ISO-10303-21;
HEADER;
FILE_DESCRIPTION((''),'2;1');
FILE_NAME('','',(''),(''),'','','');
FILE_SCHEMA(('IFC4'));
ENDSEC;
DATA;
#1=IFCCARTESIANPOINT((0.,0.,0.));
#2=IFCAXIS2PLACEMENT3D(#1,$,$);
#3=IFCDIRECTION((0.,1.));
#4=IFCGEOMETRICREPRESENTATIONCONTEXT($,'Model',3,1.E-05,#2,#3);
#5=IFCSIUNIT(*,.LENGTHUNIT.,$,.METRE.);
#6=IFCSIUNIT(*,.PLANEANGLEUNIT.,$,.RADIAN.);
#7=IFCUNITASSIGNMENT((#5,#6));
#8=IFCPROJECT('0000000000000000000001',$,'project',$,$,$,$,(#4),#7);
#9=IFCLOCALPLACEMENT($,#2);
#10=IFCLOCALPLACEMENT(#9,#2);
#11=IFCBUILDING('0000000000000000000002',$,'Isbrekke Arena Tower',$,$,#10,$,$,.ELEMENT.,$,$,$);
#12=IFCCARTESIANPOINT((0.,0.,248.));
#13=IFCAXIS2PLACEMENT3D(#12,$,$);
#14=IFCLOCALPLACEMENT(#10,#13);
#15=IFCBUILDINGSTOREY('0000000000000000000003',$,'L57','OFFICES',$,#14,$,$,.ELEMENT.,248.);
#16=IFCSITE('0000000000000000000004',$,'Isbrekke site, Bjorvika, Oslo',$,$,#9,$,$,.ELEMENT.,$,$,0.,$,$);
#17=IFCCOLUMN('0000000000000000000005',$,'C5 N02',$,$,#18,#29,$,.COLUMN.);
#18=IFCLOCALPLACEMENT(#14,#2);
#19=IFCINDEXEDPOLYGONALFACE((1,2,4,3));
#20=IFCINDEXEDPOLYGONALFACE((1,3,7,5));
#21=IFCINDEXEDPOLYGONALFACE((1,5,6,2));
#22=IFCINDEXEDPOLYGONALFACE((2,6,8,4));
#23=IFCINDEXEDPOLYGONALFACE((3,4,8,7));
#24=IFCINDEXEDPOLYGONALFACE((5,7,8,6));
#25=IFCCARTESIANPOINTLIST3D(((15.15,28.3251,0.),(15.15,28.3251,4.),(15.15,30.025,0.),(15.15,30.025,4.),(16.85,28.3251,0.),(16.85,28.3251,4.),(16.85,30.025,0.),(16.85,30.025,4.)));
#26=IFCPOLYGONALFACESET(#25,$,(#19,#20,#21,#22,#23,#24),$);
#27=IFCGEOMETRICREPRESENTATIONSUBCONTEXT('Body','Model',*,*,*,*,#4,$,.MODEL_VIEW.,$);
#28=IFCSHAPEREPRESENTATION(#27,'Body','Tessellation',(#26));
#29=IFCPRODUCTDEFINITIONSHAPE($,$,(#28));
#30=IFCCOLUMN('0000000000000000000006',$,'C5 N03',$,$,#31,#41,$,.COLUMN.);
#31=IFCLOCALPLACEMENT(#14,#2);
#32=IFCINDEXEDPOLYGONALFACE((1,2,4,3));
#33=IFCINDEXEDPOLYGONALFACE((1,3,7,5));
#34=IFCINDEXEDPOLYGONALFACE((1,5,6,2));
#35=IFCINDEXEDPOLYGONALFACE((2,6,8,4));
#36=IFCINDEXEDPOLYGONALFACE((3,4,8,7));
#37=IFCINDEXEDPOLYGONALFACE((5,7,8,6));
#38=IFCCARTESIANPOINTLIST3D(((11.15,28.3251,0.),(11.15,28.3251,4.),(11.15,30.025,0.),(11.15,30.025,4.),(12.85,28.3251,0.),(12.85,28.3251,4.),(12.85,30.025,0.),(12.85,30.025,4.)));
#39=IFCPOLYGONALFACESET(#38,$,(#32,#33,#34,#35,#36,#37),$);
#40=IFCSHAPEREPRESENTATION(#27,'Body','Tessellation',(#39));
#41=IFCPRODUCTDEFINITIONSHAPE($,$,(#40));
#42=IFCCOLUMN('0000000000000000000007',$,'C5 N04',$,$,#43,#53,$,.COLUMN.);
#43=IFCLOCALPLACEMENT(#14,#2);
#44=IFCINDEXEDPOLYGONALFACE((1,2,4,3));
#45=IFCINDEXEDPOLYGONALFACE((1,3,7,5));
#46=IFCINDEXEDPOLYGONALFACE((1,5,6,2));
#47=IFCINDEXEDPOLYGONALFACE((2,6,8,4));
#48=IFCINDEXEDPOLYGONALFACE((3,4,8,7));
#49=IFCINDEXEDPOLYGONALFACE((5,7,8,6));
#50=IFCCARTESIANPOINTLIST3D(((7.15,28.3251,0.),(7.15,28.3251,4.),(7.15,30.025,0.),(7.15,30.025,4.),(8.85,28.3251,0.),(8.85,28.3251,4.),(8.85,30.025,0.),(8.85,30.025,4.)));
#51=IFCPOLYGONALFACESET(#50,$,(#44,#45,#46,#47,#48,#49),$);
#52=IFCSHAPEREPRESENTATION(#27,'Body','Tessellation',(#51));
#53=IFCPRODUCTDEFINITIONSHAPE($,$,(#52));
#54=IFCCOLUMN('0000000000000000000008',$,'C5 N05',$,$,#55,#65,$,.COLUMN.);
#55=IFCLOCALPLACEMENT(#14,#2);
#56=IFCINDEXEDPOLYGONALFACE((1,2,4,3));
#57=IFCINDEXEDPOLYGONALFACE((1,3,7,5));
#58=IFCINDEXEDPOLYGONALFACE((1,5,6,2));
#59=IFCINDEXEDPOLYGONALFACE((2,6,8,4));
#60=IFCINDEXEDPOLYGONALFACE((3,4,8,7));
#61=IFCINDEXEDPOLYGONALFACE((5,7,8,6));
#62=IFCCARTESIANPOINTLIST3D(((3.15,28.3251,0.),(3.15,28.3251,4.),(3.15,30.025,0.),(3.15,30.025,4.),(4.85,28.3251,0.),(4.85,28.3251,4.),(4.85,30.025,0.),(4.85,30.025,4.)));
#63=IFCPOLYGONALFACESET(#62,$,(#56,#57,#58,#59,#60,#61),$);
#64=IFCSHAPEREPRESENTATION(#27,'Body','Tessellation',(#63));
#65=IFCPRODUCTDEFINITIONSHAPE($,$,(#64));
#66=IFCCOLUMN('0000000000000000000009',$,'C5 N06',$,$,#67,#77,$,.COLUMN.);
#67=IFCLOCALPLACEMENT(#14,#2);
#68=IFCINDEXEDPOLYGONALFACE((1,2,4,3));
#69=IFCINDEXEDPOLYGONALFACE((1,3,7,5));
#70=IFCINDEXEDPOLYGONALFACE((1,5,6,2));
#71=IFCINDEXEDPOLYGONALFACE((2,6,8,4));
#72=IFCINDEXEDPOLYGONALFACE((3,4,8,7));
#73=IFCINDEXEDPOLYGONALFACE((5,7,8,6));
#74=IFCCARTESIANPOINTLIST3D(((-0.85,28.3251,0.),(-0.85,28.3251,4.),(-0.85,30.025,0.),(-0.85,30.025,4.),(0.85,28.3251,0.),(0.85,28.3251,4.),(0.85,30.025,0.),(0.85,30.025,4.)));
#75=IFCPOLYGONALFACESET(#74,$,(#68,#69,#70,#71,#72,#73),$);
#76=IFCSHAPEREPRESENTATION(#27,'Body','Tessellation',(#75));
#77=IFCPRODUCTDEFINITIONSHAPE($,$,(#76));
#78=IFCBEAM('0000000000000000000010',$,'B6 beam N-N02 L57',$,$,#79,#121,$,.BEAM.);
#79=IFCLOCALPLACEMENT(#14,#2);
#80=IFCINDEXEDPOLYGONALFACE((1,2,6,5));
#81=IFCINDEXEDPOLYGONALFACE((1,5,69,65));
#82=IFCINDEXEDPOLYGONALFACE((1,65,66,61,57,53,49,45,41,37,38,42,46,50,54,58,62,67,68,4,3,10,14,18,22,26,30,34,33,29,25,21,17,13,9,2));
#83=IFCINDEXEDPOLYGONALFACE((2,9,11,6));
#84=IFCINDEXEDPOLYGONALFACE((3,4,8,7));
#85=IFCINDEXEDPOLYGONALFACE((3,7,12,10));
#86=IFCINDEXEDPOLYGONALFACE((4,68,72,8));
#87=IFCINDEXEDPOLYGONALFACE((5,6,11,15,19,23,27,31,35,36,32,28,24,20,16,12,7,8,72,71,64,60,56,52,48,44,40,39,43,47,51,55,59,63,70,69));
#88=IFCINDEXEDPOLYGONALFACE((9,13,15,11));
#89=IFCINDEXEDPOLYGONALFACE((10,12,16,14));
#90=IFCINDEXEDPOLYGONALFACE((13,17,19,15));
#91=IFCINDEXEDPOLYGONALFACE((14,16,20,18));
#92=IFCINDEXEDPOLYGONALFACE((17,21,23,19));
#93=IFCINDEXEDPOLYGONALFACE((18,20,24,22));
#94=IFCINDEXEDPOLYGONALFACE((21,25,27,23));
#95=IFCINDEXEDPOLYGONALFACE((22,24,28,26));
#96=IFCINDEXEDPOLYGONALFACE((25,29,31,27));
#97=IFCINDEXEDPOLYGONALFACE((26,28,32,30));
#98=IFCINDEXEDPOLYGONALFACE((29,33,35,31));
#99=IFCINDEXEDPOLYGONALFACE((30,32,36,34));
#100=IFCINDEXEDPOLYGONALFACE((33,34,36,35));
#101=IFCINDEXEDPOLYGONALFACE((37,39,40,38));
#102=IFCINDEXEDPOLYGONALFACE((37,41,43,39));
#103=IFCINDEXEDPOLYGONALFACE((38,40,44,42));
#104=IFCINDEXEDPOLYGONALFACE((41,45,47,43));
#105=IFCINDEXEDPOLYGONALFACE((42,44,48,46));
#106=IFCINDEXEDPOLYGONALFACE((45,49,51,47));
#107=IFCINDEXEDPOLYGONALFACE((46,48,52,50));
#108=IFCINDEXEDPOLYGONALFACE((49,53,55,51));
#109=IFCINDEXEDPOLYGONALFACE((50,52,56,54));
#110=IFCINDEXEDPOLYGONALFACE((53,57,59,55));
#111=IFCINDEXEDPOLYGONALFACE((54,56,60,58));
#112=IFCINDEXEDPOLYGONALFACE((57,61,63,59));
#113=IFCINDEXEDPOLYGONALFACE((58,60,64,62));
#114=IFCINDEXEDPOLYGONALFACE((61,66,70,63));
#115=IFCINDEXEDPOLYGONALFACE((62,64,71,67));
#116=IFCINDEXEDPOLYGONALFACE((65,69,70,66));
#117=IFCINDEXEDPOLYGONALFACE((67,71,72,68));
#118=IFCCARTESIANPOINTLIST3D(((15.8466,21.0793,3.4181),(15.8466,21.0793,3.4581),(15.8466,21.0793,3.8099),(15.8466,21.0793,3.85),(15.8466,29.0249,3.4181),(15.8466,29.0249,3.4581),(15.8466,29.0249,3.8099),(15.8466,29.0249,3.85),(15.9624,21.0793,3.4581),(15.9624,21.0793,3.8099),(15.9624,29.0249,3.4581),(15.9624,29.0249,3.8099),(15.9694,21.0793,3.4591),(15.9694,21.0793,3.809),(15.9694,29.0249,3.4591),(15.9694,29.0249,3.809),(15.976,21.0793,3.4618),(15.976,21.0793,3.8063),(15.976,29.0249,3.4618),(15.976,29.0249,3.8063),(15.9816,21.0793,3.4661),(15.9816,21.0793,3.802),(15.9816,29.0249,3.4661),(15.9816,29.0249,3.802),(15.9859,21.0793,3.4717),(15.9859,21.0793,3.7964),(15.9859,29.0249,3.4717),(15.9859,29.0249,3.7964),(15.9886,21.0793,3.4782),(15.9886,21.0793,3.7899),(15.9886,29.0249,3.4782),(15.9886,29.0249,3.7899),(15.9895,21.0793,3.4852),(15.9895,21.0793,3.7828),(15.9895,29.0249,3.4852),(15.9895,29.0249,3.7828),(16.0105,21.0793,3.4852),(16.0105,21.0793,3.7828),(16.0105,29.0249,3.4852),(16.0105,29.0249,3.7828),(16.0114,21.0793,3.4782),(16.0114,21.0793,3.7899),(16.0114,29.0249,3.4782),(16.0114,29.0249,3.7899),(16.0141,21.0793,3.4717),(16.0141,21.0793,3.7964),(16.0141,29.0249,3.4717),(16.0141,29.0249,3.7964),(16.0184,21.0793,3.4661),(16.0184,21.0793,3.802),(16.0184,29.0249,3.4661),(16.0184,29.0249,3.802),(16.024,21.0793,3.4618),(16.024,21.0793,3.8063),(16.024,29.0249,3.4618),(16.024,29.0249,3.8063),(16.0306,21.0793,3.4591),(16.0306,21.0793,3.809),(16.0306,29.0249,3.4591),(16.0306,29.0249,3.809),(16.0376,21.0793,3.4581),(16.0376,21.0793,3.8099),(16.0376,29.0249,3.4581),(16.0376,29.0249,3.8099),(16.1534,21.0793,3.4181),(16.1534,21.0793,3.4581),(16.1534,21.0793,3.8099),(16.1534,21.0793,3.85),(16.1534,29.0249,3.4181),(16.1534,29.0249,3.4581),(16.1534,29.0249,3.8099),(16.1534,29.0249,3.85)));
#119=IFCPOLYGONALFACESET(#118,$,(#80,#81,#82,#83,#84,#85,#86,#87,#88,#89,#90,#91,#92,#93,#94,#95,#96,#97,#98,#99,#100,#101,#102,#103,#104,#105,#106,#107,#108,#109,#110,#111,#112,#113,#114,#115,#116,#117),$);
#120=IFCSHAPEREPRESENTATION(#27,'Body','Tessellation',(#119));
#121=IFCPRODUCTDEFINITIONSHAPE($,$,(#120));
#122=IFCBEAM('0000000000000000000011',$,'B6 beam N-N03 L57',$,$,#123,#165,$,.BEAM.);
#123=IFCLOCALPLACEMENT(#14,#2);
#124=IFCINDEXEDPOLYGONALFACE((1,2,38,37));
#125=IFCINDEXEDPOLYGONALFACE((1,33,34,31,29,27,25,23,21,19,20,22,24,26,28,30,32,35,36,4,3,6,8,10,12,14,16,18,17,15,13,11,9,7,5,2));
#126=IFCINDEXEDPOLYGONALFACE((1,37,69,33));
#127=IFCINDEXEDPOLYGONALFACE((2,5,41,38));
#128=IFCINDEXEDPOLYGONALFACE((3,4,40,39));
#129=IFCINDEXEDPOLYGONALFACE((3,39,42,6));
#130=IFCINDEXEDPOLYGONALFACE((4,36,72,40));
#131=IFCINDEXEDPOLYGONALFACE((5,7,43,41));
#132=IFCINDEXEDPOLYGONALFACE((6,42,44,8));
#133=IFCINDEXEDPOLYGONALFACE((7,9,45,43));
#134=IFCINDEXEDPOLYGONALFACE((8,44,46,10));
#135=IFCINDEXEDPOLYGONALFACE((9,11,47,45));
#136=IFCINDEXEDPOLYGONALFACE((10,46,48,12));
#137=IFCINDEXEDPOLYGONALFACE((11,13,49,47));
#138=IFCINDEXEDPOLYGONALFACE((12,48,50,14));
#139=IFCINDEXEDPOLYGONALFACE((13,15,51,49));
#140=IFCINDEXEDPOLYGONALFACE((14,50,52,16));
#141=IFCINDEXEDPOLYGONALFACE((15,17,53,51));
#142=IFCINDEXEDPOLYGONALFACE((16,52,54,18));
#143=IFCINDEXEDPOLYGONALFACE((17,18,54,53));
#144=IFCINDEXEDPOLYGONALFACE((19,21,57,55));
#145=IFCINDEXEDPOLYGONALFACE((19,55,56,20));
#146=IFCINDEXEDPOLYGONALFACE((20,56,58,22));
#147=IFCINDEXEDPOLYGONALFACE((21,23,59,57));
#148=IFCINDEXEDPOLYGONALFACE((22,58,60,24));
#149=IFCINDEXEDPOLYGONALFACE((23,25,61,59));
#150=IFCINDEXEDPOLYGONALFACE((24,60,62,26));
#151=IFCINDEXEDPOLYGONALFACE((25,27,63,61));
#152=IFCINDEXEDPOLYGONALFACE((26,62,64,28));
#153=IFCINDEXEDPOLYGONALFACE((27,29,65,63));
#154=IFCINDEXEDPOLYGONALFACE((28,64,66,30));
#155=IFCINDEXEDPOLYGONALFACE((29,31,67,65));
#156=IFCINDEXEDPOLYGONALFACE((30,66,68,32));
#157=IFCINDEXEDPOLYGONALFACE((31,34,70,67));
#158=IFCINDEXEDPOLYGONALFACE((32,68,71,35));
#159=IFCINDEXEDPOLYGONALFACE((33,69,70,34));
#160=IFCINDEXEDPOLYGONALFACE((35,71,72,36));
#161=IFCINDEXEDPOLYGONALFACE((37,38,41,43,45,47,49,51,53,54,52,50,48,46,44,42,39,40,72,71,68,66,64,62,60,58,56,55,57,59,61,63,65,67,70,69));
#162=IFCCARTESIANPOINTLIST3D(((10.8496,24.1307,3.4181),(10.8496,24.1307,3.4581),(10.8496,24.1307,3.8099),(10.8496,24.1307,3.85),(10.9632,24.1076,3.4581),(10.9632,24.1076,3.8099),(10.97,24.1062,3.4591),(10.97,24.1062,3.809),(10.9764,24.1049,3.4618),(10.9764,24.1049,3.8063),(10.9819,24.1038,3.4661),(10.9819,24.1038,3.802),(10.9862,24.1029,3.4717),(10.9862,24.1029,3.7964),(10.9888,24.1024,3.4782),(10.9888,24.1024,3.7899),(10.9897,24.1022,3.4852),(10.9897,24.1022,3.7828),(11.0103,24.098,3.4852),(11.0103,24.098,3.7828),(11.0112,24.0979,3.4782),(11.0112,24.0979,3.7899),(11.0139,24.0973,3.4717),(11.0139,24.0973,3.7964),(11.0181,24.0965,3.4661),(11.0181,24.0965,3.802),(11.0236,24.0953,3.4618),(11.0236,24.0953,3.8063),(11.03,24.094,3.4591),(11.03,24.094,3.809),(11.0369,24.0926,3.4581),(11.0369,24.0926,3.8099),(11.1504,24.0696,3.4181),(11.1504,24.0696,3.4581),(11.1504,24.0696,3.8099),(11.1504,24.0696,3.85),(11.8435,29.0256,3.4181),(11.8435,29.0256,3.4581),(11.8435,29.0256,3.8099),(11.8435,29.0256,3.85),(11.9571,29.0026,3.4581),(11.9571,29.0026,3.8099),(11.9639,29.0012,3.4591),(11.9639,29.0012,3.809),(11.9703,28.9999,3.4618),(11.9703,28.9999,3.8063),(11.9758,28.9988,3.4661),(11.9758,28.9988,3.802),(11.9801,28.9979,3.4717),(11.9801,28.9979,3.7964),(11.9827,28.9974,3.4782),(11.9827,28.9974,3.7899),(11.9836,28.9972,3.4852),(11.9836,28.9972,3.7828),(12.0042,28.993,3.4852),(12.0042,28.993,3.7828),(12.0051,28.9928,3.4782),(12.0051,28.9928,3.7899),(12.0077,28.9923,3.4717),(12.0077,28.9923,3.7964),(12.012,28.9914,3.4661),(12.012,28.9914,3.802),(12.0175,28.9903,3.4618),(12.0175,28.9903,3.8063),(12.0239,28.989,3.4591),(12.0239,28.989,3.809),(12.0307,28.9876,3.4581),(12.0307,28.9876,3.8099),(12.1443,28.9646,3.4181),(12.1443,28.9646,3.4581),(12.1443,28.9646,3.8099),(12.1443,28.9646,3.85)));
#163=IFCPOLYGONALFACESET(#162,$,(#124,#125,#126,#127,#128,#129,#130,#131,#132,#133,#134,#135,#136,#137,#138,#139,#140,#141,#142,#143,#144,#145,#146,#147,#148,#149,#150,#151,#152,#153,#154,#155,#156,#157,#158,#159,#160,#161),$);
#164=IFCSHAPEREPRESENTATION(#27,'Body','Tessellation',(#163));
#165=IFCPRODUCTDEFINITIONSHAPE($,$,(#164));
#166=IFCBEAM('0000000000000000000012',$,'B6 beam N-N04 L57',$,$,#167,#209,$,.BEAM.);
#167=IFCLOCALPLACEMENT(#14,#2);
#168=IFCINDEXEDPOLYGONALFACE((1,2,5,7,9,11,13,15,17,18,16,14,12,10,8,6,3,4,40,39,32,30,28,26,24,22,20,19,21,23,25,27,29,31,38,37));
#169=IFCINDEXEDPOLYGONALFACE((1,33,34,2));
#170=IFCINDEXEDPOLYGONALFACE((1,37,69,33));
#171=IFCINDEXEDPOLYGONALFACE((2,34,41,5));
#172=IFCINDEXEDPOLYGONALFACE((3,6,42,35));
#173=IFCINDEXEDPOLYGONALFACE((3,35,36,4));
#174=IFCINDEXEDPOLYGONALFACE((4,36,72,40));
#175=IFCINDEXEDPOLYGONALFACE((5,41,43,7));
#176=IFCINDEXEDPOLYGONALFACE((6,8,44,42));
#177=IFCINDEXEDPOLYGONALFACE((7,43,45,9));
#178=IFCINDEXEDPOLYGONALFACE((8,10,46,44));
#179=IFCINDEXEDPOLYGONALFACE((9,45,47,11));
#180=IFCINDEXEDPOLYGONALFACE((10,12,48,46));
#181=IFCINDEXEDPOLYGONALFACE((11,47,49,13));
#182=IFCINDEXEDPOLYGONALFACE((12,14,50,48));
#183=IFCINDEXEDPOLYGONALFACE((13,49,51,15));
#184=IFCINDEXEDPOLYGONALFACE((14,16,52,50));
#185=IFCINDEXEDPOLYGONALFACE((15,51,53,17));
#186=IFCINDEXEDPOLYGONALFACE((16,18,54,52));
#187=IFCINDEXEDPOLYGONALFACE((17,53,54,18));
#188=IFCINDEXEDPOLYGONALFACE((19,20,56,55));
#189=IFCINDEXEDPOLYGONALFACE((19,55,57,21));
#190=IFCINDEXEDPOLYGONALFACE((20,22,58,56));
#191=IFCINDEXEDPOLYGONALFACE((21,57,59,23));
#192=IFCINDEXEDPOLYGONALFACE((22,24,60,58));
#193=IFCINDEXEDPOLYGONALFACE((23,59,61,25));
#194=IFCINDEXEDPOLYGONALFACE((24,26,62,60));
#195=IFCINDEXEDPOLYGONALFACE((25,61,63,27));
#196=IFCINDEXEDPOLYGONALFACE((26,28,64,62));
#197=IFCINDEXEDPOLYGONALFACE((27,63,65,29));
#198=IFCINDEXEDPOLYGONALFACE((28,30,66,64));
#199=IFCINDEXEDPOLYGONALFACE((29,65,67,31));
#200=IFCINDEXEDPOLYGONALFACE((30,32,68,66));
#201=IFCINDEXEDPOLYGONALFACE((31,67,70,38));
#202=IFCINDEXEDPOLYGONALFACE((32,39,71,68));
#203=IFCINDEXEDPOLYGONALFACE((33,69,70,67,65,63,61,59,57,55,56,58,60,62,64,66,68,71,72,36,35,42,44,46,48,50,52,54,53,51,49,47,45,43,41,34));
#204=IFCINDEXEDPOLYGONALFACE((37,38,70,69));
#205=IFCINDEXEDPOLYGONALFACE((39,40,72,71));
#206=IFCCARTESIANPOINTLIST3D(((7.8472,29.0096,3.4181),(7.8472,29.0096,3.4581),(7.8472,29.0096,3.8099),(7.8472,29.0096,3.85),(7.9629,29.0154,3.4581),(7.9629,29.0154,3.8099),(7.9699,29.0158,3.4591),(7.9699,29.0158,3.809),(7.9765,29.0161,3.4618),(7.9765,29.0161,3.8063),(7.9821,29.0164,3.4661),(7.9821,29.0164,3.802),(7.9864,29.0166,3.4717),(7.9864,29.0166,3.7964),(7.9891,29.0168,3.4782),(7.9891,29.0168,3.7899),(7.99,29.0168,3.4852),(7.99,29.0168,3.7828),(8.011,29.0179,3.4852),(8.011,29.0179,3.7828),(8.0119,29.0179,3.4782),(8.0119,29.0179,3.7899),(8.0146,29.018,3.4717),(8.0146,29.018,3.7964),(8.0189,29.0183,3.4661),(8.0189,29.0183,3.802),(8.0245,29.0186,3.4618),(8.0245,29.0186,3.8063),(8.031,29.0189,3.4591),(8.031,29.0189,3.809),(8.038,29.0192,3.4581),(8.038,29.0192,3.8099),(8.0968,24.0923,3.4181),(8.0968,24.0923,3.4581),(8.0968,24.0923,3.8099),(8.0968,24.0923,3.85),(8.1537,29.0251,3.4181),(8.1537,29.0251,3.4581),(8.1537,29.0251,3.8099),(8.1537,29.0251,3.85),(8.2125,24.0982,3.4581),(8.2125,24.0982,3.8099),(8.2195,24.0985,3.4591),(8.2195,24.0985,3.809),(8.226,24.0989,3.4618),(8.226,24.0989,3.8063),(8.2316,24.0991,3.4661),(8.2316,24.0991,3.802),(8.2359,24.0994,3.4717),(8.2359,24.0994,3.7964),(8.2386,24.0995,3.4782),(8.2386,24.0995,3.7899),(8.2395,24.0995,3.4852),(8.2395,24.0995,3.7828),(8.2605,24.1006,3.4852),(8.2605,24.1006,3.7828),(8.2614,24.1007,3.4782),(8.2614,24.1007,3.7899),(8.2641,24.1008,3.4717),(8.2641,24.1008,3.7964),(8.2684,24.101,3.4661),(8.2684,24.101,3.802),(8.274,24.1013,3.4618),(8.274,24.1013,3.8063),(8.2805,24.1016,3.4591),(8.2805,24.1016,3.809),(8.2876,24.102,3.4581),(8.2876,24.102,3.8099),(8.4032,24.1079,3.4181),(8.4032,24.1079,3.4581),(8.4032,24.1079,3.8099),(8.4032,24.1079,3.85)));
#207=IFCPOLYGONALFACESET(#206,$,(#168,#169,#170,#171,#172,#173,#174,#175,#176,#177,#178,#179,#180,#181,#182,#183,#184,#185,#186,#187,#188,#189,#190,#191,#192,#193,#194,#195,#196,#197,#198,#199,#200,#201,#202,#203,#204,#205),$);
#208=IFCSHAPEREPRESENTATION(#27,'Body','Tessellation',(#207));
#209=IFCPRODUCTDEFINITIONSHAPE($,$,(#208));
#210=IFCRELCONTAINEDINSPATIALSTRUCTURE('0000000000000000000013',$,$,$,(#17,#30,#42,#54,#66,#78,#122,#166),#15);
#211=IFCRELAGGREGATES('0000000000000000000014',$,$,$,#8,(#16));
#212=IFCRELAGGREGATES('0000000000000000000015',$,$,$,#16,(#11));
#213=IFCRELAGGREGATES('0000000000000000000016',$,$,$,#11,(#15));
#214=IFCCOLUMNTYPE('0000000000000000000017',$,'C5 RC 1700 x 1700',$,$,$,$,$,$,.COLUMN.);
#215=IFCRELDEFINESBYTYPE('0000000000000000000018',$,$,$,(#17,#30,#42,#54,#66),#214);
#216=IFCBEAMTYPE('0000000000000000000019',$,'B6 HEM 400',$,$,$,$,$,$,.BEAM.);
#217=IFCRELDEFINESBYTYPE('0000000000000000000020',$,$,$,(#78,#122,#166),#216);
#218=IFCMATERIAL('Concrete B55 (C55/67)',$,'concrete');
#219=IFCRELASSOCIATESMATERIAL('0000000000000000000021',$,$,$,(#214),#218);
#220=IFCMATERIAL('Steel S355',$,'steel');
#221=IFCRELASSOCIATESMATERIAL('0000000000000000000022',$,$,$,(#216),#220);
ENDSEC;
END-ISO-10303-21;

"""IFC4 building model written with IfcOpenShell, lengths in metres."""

from ifc_helpers import new_model, si_unit, direction, frame, origin, origin_2d, place, context, subcontext, project, spatial, rectangle, i_section, extrude, material, material_profile, profile_set, type_object, element, save


model = new_model("IFC4")

# Units and contexts
model_context = context("Model", 3, precision=1e-05, world=origin(), true_north=direction((0.0, 1.0)))
body_context = subcontext(model_context, "Body", "Model", "MODEL_VIEW")
ifc_project = project(units=[si_unit("LENGTHUNIT", "METRE"), si_unit("PLANEANGLEUNIT", "RADIAN")], contexts=[model_context])

# Site, building, storey
site_placement = place(None, origin())
site = spatial("IfcSite", under=ifc_project, at=site_placement, Name="Isbrekke site, Bjorvika, Oslo", CompositionType="ELEMENT", RefElevation=0.0)
building_placement = place(site_placement, origin())
building = spatial("IfcBuilding", under=site, at=building_placement, Name="Isbrekke Arena Tower", CompositionType="ELEMENT")
storey_placement = place(building_placement, frame((0.0, 0.0, 248.0)))
storey = spatial("IfcBuildingStorey", under=building, at=storey_placement, Name="L57", Description="OFFICES", CompositionType="ELEMENT", Elevation=248.0)

# Columns
ifc_material_1 = material(Name="Concrete B55 (C55/67)", Category="concrete")
ifc_material_profile_1 = material_profile(ifc_material_1, rectangle(XDim=1.7, YDim=1.7, at=origin_2d()), Name="RC 1700x1700")
ifc_profile_set_1 = profile_set([ifc_material_profile_1], Name="Concrete B55 (C55/67)")
column_type = type_object("IfcColumnType", Name="C5 RC 1700 x 1700", PredefinedType="COLUMN", material=ifc_profile_set_1)
for number, where, z_axis, x_axis, name in (
    (1, (16.0, 29.175, 0.0), (0.0, 0.0, 1.0), (-1.0, 0.0, 0.0), "C5 N02"),
    (2, (12.0, 29.175, 0.0), (0.0, 0.0, 1.0), (-1.0, 0.0, 0.0), "C5 N03"),
    (3, (8.0, 29.175, 0.0), (0.0, 0.0, 1.0), (-1.0, 0.0, 0.0), "C5 N04"),
    (4, (4.0, 29.175, 0.0), (0.0, 0.0, 1.0), (-1.0, 0.0, 0.0), "C5 N05"),
    (5, (0.0, 29.175, 0.0), (0.0, 0.0, 1.0), (-1.0, 0.0, 0.0), "C5 N06"),
):
    element("IfcColumn", number, at=place(storey_placement, frame(where, z_axis=z_axis, x_axis=x_axis)), inside=storey, type_object=column_type, Name=name, PredefinedType="COLUMN", context=body_context, shape_type="SweptSolid", body=[
        extrude(rectangle(XDim=1.7, YDim=1.7, at=origin_2d()), origin(), (0.0, 0.0, 1.0), 4.0),
    ])

# Beams
ifc_material_2 = material(Name="Steel S355", Category="steel")
ifc_material_profile_2 = material_profile(ifc_material_2, i_section(OverallWidth=0.3069, OverallDepth=0.4319, WebThickness=0.021, FlangeThickness=0.04, FilletRadius=0.0271, at=origin_2d()), Name="HEM 400")
ifc_profile_set_2 = profile_set([ifc_material_profile_2], Name="Steel S355")
beam_type_1 = type_object("IfcBeamType", Name="B6 HEM 400", PredefinedType="BEAM", material=ifc_profile_set_2)
beam_1_placement = place(storey_placement, frame((16.0, 29.0249, 3.634), z_axis=(0.0, -1.0, 0.0), x_axis=(1.0, 0.0, 0.0)))
element("IfcBeam", 6, at=beam_1_placement, inside=storey, type_object=beam_type_1, Name="B6 beam N-N02 L57", PredefinedType="BEAM", context=body_context, shape_type="SweptSolid", body=[
    extrude(i_section(OverallWidth=0.3069, OverallDepth=0.4319, WebThickness=0.021, FlangeThickness=0.04, FilletRadius=0.0271, at=origin_2d()), origin(), (0.0, 0.0, 1.0), 7.9456),
])
beam_2_placement = place(storey_placement, frame((11.9939, 28.9951, 3.634), z_axis=(-0.198982, -0.980003, 0.0), x_axis=(0.980003, -0.198982, 0.0)))
element("IfcBeam", 7, at=beam_2_placement, inside=storey, type_object=beam_type_1, Name="B6 beam N-N03 L57", PredefinedType="BEAM", context=body_context, shape_type="SweptSolid", body=[
    extrude(i_section(OverallWidth=0.3069, OverallDepth=0.4319, WebThickness=0.021, FlangeThickness=0.04, FilletRadius=0.0271, at=origin_2d()), origin(), (0.0, 0.0, 1.0), 4.9949),
])
beam_3_placement = place(storey_placement, frame((8.0005, 29.0173, 3.634), z_axis=(0.050677, -0.998715, 0.0), x_axis=(0.998715, 0.050677, 0.0)))
element("IfcBeam", 8, at=beam_3_placement, inside=storey, type_object=beam_type_1, Name="B6 beam N-N04 L57", PredefinedType="BEAM", context=body_context, shape_type="SweptSolid", body=[
    extrude(i_section(OverallWidth=0.3069, OverallDepth=0.4319, WebThickness=0.021, FlangeThickness=0.04, FilletRadius=0.0271, at=origin_2d()), origin(), (0.0, 0.0, 1.0), 4.9236),
])

save(model, "model.ifc")
